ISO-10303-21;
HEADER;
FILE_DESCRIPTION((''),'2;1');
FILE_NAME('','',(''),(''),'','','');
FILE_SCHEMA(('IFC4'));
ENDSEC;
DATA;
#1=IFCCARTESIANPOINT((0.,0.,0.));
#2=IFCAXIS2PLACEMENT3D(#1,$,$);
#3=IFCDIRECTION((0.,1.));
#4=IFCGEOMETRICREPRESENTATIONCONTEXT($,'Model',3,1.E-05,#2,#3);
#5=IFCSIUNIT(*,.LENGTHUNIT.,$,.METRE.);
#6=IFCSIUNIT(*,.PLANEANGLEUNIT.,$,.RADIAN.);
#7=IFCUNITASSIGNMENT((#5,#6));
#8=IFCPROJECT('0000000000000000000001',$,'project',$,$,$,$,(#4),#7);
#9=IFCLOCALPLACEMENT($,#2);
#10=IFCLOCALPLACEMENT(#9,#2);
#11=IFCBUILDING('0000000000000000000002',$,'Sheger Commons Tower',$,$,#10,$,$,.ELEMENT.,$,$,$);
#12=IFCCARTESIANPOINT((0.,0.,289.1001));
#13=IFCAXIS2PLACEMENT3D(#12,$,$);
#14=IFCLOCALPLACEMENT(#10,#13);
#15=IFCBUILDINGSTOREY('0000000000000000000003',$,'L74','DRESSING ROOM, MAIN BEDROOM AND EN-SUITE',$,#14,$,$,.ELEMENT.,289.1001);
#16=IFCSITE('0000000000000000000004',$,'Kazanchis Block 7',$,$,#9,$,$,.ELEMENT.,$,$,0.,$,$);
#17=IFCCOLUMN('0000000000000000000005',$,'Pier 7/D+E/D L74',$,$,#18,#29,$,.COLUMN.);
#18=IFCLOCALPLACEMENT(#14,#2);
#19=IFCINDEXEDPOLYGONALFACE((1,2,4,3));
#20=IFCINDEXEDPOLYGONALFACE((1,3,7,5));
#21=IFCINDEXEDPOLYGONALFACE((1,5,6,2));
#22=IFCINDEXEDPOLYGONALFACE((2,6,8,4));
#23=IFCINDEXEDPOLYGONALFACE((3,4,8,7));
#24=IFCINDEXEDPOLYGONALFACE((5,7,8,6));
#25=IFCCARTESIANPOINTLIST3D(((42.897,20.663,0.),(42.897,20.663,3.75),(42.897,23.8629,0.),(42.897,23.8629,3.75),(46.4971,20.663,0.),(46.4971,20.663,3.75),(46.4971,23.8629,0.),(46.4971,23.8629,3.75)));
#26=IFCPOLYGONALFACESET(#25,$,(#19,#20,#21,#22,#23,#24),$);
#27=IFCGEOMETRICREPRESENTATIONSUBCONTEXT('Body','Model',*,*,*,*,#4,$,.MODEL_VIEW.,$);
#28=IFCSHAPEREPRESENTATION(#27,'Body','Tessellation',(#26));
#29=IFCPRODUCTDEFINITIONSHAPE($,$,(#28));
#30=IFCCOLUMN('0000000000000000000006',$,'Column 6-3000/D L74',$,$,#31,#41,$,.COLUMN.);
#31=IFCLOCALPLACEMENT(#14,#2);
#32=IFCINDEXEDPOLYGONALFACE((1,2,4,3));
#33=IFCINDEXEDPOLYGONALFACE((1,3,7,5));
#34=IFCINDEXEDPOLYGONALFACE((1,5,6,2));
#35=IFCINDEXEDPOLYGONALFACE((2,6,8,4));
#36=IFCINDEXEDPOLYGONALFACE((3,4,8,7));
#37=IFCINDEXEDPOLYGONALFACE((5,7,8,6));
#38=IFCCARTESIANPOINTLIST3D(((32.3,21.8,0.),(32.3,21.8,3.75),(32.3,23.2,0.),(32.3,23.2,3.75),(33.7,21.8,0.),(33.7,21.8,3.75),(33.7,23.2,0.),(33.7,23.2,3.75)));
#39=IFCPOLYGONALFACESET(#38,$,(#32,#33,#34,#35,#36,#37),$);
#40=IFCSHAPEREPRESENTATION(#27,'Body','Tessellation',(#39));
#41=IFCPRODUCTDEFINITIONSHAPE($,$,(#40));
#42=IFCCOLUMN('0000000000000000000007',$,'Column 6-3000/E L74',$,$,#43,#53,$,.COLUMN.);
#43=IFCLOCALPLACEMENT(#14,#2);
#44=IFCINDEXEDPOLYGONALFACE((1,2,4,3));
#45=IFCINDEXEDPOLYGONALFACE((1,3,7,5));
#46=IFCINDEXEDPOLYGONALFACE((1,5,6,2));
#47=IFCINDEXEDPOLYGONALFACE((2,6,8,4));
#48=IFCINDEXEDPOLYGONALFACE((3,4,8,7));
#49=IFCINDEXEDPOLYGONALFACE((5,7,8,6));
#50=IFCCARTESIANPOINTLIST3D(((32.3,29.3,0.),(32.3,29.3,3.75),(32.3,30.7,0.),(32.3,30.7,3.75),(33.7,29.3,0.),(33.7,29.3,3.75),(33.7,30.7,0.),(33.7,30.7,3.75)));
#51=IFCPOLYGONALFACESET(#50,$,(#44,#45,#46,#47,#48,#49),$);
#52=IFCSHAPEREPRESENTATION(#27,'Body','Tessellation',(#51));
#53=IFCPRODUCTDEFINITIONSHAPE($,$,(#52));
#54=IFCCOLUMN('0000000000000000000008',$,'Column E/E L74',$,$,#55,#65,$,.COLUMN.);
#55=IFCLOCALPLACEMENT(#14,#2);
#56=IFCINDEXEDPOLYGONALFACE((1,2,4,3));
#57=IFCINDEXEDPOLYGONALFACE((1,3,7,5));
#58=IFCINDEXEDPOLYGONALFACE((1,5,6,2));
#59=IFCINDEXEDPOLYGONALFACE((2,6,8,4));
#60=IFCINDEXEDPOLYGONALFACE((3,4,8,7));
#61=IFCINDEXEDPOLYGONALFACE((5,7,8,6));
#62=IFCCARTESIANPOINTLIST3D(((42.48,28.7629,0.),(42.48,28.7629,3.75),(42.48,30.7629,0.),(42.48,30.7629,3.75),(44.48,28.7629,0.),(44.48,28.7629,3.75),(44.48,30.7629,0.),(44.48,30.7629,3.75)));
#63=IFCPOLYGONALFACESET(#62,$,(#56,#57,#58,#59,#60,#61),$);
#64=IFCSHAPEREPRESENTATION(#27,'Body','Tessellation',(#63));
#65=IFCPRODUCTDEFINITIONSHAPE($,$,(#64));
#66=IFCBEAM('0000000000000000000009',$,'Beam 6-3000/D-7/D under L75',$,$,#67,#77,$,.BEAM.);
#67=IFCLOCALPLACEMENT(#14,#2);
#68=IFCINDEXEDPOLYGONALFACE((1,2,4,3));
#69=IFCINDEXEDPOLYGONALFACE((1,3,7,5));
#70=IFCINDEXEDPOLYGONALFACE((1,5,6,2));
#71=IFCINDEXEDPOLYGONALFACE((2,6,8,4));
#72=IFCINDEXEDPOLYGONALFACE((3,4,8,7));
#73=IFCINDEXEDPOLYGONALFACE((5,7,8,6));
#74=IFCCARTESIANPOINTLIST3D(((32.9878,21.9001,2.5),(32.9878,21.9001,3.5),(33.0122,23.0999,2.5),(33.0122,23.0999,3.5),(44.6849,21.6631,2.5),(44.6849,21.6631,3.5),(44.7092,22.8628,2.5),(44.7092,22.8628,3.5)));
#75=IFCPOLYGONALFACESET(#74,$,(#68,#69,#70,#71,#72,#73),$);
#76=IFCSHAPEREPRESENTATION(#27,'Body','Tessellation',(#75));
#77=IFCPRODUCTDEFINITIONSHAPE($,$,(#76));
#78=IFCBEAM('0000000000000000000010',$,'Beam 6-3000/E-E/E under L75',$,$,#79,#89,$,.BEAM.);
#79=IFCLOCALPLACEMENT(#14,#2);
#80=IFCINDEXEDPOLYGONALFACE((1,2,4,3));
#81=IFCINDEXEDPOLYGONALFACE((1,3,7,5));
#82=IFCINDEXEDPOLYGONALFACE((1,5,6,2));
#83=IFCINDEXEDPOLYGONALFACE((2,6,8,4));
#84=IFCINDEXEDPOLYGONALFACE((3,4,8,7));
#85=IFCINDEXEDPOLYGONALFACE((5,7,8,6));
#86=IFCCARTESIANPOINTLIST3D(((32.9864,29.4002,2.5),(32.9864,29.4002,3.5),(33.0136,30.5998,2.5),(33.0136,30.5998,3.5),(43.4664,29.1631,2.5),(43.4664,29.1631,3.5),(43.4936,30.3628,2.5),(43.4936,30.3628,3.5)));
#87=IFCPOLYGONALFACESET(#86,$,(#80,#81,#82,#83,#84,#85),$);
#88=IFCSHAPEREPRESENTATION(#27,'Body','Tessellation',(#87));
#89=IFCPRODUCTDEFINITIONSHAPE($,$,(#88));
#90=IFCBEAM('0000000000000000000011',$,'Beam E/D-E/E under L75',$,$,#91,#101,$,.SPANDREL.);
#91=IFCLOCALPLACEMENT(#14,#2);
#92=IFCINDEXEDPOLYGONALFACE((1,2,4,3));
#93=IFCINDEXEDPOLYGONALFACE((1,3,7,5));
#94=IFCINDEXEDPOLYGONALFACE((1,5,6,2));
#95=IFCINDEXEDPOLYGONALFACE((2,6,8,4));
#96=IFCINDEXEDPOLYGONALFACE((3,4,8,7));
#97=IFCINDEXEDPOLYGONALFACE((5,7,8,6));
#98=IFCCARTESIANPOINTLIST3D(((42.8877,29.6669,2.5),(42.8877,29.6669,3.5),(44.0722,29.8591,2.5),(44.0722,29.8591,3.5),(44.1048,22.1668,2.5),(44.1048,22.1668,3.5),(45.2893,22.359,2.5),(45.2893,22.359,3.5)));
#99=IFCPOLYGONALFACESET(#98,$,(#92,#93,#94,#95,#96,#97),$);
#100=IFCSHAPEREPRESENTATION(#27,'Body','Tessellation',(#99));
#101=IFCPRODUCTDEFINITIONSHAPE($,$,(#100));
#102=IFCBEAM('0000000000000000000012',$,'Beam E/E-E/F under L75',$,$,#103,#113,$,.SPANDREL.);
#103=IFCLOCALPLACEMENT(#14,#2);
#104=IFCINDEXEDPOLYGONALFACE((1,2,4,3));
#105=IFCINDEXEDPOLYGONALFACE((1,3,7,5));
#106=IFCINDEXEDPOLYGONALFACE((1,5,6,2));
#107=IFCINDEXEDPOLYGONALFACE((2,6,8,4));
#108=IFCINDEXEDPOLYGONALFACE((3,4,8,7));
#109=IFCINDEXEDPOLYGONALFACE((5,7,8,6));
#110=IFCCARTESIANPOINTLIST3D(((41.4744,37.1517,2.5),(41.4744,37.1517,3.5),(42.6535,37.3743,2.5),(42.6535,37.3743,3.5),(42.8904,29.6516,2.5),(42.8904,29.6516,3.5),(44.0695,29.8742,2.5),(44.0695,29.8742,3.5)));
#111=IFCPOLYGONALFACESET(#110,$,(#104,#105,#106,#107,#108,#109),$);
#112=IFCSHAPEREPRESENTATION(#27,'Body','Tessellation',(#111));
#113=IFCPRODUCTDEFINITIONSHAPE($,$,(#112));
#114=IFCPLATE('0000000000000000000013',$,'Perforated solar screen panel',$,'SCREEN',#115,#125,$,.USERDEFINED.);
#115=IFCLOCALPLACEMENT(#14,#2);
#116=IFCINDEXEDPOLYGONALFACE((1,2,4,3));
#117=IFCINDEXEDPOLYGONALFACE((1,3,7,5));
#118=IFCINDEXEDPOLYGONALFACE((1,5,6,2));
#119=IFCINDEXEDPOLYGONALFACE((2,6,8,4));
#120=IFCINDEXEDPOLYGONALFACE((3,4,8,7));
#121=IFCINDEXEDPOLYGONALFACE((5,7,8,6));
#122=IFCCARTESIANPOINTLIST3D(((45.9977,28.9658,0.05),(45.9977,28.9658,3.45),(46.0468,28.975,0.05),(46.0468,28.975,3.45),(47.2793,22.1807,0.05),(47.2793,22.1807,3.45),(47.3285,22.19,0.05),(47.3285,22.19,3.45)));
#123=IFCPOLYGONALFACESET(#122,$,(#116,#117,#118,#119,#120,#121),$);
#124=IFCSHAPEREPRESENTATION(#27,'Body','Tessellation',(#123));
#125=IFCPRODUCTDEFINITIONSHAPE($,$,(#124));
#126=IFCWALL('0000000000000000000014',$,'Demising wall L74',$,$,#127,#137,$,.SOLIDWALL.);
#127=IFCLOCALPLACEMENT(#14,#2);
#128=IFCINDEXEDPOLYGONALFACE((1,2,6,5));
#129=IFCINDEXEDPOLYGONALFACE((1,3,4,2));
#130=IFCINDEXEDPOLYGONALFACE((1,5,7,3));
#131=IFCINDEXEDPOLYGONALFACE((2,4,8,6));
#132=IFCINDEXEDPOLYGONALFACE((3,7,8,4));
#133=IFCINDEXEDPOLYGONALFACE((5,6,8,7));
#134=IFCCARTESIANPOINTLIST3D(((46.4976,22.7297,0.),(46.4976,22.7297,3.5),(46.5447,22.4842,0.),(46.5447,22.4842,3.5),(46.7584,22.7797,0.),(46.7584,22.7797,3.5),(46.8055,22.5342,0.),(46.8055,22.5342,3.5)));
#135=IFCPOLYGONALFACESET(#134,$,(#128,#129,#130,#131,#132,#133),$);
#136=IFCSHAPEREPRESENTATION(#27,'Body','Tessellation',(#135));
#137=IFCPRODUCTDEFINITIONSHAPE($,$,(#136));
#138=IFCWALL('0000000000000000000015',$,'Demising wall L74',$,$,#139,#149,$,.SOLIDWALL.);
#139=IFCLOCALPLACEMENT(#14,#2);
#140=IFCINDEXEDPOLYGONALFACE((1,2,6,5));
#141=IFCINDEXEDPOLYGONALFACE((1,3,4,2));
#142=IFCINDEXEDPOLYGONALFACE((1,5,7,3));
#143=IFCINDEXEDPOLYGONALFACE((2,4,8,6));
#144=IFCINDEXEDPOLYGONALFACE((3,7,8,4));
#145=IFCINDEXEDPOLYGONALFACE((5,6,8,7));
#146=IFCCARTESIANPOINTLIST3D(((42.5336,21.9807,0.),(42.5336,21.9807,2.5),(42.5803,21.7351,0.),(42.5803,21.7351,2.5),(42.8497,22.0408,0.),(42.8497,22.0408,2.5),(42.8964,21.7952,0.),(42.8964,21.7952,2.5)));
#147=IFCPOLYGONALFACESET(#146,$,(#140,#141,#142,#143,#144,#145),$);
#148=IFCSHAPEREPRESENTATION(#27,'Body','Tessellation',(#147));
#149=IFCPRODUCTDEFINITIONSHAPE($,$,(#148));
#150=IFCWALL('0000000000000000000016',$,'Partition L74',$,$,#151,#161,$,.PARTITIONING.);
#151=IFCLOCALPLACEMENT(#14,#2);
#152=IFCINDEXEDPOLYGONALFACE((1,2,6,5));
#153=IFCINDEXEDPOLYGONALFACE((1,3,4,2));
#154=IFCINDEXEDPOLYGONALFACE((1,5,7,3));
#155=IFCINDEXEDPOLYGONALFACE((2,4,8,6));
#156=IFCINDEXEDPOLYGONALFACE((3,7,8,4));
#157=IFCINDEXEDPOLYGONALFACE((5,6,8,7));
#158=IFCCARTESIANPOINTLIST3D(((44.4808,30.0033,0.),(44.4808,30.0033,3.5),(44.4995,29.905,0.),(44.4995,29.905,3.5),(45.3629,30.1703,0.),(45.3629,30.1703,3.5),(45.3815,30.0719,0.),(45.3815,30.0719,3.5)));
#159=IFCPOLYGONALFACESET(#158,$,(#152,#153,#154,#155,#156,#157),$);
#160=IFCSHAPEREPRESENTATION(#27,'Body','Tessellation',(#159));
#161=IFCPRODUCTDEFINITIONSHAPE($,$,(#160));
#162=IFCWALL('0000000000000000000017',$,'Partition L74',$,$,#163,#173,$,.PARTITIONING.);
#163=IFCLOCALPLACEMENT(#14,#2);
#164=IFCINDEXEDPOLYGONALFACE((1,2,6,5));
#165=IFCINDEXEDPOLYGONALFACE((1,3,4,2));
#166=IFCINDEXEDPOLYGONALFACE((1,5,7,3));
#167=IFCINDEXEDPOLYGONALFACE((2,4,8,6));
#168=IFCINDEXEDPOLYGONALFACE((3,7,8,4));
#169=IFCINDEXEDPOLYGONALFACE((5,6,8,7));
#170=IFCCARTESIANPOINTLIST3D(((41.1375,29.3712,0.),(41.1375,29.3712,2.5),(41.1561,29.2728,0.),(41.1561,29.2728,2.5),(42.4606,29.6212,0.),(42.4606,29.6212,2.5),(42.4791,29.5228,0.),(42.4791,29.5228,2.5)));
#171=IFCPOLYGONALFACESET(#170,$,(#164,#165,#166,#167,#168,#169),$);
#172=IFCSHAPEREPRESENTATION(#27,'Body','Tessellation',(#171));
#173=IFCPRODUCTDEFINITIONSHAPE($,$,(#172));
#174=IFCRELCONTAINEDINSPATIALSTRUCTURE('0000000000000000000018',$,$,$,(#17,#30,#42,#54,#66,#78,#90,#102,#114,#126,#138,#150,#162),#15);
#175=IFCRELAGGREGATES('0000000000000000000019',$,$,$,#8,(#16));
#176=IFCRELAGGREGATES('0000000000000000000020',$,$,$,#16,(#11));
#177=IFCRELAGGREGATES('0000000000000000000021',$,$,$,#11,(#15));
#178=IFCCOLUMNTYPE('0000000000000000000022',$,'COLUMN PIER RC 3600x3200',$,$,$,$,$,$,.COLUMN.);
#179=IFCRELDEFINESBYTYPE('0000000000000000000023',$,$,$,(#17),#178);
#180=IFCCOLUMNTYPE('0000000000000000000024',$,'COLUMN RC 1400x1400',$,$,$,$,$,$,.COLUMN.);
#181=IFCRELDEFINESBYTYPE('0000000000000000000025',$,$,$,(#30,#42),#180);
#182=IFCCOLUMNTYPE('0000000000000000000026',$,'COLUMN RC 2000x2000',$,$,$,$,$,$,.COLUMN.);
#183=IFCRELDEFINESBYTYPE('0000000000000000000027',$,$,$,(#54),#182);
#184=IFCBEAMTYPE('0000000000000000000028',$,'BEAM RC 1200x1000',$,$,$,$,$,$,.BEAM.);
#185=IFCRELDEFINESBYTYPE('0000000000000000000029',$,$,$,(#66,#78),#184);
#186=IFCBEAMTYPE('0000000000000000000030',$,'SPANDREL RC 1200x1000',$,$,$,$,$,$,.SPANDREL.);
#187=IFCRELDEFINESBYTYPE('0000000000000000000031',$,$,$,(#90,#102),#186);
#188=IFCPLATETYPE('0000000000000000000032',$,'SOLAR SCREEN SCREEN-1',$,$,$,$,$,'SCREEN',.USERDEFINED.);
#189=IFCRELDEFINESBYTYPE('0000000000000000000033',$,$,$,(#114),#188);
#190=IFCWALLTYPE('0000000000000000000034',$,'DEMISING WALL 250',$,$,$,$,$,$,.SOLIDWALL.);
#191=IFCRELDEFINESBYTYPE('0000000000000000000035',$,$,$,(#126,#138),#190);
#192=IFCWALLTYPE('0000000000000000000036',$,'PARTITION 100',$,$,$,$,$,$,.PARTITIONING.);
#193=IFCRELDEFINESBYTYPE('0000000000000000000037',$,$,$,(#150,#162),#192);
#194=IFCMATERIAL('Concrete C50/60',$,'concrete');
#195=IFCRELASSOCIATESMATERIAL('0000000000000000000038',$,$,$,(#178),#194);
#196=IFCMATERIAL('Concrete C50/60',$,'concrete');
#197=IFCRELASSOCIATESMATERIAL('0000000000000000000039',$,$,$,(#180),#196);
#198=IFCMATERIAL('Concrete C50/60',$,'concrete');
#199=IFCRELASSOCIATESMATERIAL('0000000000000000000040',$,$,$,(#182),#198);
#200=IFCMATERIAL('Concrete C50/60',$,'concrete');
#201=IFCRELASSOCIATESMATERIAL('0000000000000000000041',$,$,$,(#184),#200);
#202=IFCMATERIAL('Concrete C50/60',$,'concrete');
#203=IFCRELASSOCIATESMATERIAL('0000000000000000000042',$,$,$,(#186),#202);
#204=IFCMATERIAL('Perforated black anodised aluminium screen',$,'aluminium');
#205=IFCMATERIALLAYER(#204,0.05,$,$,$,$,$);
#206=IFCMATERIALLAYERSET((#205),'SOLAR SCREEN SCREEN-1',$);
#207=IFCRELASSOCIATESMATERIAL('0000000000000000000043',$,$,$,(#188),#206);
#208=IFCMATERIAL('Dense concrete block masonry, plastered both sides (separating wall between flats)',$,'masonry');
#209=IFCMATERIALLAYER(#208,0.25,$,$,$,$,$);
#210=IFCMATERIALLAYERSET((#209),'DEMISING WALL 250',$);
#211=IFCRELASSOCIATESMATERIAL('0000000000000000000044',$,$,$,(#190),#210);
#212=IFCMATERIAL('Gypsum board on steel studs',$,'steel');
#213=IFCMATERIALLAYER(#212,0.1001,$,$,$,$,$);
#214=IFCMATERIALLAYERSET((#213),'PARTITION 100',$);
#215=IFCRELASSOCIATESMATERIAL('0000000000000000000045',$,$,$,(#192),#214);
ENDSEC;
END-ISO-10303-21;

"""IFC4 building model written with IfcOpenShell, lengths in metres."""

from ifc_helpers import new_model, si_unit, direction, frame, frame_2d, origin, origin_2d, place, context, subcontext, project, spatial, rectangle, extrude, material, layer, layer_set, material_profile, profile_set, type_object, element, save


model = new_model("IFC4")

# Units and contexts
model_context = context("Model", 3, precision=1e-05, world=origin(), true_north=direction((0.0, 1.0)))
body_context = subcontext(model_context, "Body", "Model", "MODEL_VIEW")
ifc_project = project(units=[si_unit("LENGTHUNIT", "METRE"), si_unit("PLANEANGLEUNIT", "RADIAN")], contexts=[model_context])

# Site, building, storey
site_placement = place(None, origin())
site = spatial("IfcSite", under=ifc_project, at=site_placement, Name="Kazanchis Block 7", CompositionType="ELEMENT", RefElevation=0.0)
building_placement = place(site_placement, origin())
building = spatial("IfcBuilding", under=site, at=building_placement, Name="Sheger Commons Tower", CompositionType="ELEMENT")
storey_placement = place(building_placement, frame((0.0, 0.0, 289.1001)))
storey = spatial("IfcBuildingStorey", under=building, at=storey_placement, Name="L74", Description="DRESSING ROOM, MAIN BEDROOM AND EN-SUITE", CompositionType="ELEMENT", Elevation=289.1001)

# Columns
ifc_material_1 = material(Name="Concrete C50/60", Category="concrete")
ifc_material_profile_1 = material_profile(ifc_material_1, rectangle(XDim=3.6001, YDim=3.2, at=origin_2d()), Name="RC 3600x3200")
ifc_profile_set_1 = profile_set([ifc_material_profile_1], Name="Concrete C50/60")
column_type_1 = type_object("IfcColumnType", Name="COLUMN PIER RC 3600x3200", PredefinedType="COLUMN", material=ifc_profile_set_1)
column_1_placement = place(storey_placement, frame((44.697, 22.2629, 0.0), z_axis=(0.0, 0.0, 1.0), x_axis=(1.0, 0.0, 0.0)))
element("IfcColumn", 1, at=column_1_placement, inside=storey, type_object=column_type_1, Name="Pier 7/D+E/D L74", PredefinedType="COLUMN", context=body_context, shape_type="SweptSolid", body=[
    extrude(rectangle(XDim=3.6001, YDim=3.2, at=origin_2d()), origin(), (0.0, 0.0, 1.0), 3.75),
])
ifc_material_2 = material(Name="Concrete C50/60", Category="concrete")
ifc_material_profile_2 = material_profile(ifc_material_2, rectangle(XDim=1.3999, YDim=1.3999, at=origin_2d()), Name="RC 1400x1400")
ifc_profile_set_2 = profile_set([ifc_material_profile_2], Name="Concrete C50/60")
column_type_2 = type_object("IfcColumnType", Name="COLUMN RC 1400x1400", PredefinedType="COLUMN", material=ifc_profile_set_2)
for number, where, z_axis, x_axis, name in (
    (2, (33.0, 22.5, 0.0), (0.0, 0.0, 1.0), (1.0, 0.0, 0.0), "Column 6-3000/D L74"),
    (3, (33.0, 30.0, 0.0), (0.0, 0.0, 1.0), (1.0, 0.0, 0.0), "Column 6-3000/E L74"),
):
    element("IfcColumn", number, at=place(storey_placement, frame(where, z_axis=z_axis, x_axis=x_axis)), inside=storey, type_object=column_type_2, Name=name, PredefinedType="COLUMN", context=body_context, shape_type="SweptSolid", body=[
        extrude(rectangle(XDim=1.3999, YDim=1.3999, at=origin_2d()), origin(), (0.0, 0.0, 1.0), 3.75),
    ])
ifc_material_3 = material(Name="Concrete C50/60", Category="concrete")
ifc_material_profile_3 = material_profile(ifc_material_3, rectangle(XDim=2.0, YDim=2.0, at=origin_2d()), Name="RC 2000x2000")
ifc_profile_set_3 = profile_set([ifc_material_profile_3], Name="Concrete C50/60")
column_type_3 = type_object("IfcColumnType", Name="COLUMN RC 2000x2000", PredefinedType="COLUMN", material=ifc_profile_set_3)
column_2_placement = place(storey_placement, frame((43.48, 29.7629, 0.0), z_axis=(0.0, 0.0, 1.0), x_axis=(1.0, 0.0, 0.0)))
element("IfcColumn", 4, at=column_2_placement, inside=storey, type_object=column_type_3, Name="Column E/E L74", PredefinedType="COLUMN", context=body_context, shape_type="SweptSolid", body=[
    extrude(rectangle(XDim=2.0, YDim=2.0, at=origin_2d()), origin(), (0.0, 0.0, 1.0), 3.75),
])

# Beams
ifc_material_4 = material(Name="Concrete C50/60", Category="concrete")
ifc_material_profile_4 = material_profile(ifc_material_4, rectangle(XDim=1.2, YDim=1.0, at=origin_2d()), Name="RC 1200x1000")
ifc_profile_set_4 = profile_set([ifc_material_profile_4], Name="Concrete C50/60")
beam_type_1 = type_object("IfcBeamType", Name="BEAM RC 1200x1000", PredefinedType="BEAM", material=ifc_profile_set_4)
beam_1_placement = place(storey_placement, frame((33.0, 22.5, 3.0), z_axis=(0.999795, -0.020263, 0.0), x_axis=(0.020263, 0.999795, 0.0)))
element("IfcBeam", 5, at=beam_1_placement, inside=storey, type_object=beam_type_1, Name="Beam 6-3000/D-7/D under L75", PredefinedType="BEAM", context=body_context, shape_type="SweptSolid", body=[
    extrude(rectangle(XDim=1.2, YDim=1.0, at=origin_2d()), origin(), (0.0, 0.0, 1.0), 11.6995),
])
beam_2_placement = place(storey_placement, frame((33.0, 30.0, 3.0), z_axis=(0.999744, -0.022615, 0.0), x_axis=(0.022615, 0.999744, 0.0)))
element("IfcBeam", 6, at=beam_2_placement, inside=storey, type_object=beam_type_1, Name="Beam 6-3000/E-E/E under L75", PredefinedType="BEAM", context=body_context, shape_type="SweptSolid", body=[
    extrude(rectangle(XDim=1.2, YDim=1.0, at=origin_2d()), origin(), (0.0, 0.0, 1.0), 10.4827),
])
ifc_material_5 = material(Name="Concrete C50/60", Category="concrete")
ifc_material_profile_5 = material_profile(ifc_material_5, rectangle(XDim=1.2, YDim=1.0, at=origin_2d()), Name="RC 1200x1000")
ifc_profile_set_5 = profile_set([ifc_material_profile_5], Name="Concrete C50/60")
beam_type_2 = type_object("IfcBeamType", Name="SPANDREL RC 1200x1000", PredefinedType="SPANDREL", material=ifc_profile_set_5)
beam_3_placement = place(storey_placement, frame((44.697, 22.2629, 3.0), z_axis=(-0.160177, 0.987088, 0.0), x_axis=(-0.987088, -0.160177, 0.0)))
element("IfcBeam", 7, at=beam_3_placement, inside=storey, type_object=beam_type_2, Name="Beam E/D-E/E under L75", PredefinedType="SPANDREL", context=body_context, shape_type="SweptSolid", body=[
    extrude(rectangle(XDim=1.2, YDim=1.0, at=origin_2d()), origin(), (0.0, 0.0, 1.0), 7.5981),
])
beam_4_placement = place(storey_placement, frame((43.48, 29.7629, 3.0), z_axis=(-0.185524, 0.98264, 0.0), x_axis=(-0.98264, -0.185524, 0.0)))
element("IfcBeam", 8, at=beam_4_placement, inside=storey, type_object=beam_type_2, Name="Beam E/E-E/F under L75", PredefinedType="SPANDREL", context=body_context, shape_type="SweptSolid", body=[
    extrude(rectangle(XDim=1.2, YDim=1.0, at=origin_2d()), origin(), (0.0, 0.0, 1.0), 7.6326),
])

# Plate
ifc_material_6 = material(Name="Perforated black anodised aluminium screen", Category="aluminium")
ifc_layer_1 = layer(ifc_material_6, 0.05)
ifc_layer_set_1 = layer_set([ifc_layer_1], Name="SOLAR SCREEN SCREEN-1")
plate_type = type_object("IfcPlateType", Name="SOLAR SCREEN SCREEN-1", ElementType="SCREEN", PredefinedType="USERDEFINED", material=ifc_layer_set_1)
plate_placement = place(storey_placement, frame((46.6631, 25.5779, 0.05), z_axis=(0.0, 0.0, 1.0), x_axis=(-0.185615, 0.982623, 0.0)))
element("IfcPlate", 9, at=plate_placement, inside=storey, type_object=plate_type, Name="Perforated solar screen panel", ObjectType="SCREEN", PredefinedType="USERDEFINED", context=body_context, shape_type="SweptSolid", body=[
    extrude(rectangle(XDim=6.905, YDim=0.05, at=origin_2d()), origin(), (0.0, 0.0, 1.0), 3.3999),
])

# Walls
ifc_material_7 = material(Name="Dense concrete block masonry, plastered both sides (separating wall between flats)", Category="masonry")
ifc_layer_2 = layer(ifc_material_7, 0.25)
ifc_layer_set_2 = layer_set([ifc_layer_2], Name="DEMISING WALL 250")
wall_type_1 = type_object("IfcWallType", Name="DEMISING WALL 250", PredefinedType="SOLIDWALL", material=ifc_layer_set_2)
wall_1_placement = place(storey_placement, frame((46.782, 22.657, 0.0), z_axis=(0.0, 0.0, 1.0), x_axis=(-0.982105, -0.188336, 0.0)))
element("IfcWall", 10, at=wall_1_placement, inside=storey, type_object=wall_type_1, Name="Demising wall L74", PredefinedType="SOLIDWALL", context=body_context, shape_type="SweptSolid", body=[
    extrude(rectangle(XDim=0.2656, YDim=0.25, at=frame_2d((0.1328, 0.0))), origin(), (0.0, 0.0, 1.0), 3.5),
])
wall_2_placement = place(storey_placement, frame((42.873, 21.918, 0.0), z_axis=(0.0, 0.0, 1.0), x_axis=(-0.982431, -0.186624, 0.0)))
element("IfcWall", 11, at=wall_2_placement, inside=storey, type_object=wall_type_1, Name="Demising wall L74", PredefinedType="SOLIDWALL", context=body_context, shape_type="SweptSolid", body=[
    extrude(rectangle(XDim=0.3218, YDim=0.25, at=frame_2d((0.1609, 0.0))), origin(), (0.0, 0.0, 1.0), 2.5),
])
ifc_material_8 = material(Name="Gypsum board on steel studs", Category="steel")
ifc_layer_3 = layer(ifc_material_8, 0.1001)
ifc_layer_set_3 = layer_set([ifc_layer_3], Name="PARTITION 100")
wall_type_2 = type_object("IfcWallType", Name="PARTITION 100", PredefinedType="PARTITIONING", material=ifc_layer_set_3)
wall_3_placement = place(storey_placement, frame((45.3721, 30.1211, 0.0), z_axis=(0.0, 0.0, 1.0), x_axis=(-0.982547, -0.186012, 0.0)))
element("IfcWall", 12, at=wall_3_placement, inside=storey, type_object=wall_type_2, Name="Partition L74", PredefinedType="PARTITIONING", context=body_context, shape_type="SweptSolid", body=[
    extrude(rectangle(XDim=0.8977, YDim=0.1001, at=frame_2d((0.4487, 0.0))), origin(), (0.0, 0.0, 1.0), 3.5),
])
wall_4_placement = place(storey_placement, frame((42.47, 29.572, 0.0), z_axis=(0.0, 0.0, 1.0), x_axis=(-0.982611, -0.185679, 0.0)))
element("IfcWall", 13, at=wall_4_placement, inside=storey, type_object=wall_type_2, Name="Partition L74", PredefinedType="PARTITIONING", context=body_context, shape_type="SweptSolid", body=[
    extrude(rectangle(XDim=1.3464, YDim=0.1001, at=frame_2d((0.6733, 0.0))), origin(), (0.0, 0.0, 1.0), 2.5),
])

save(model, "model.ifc")
